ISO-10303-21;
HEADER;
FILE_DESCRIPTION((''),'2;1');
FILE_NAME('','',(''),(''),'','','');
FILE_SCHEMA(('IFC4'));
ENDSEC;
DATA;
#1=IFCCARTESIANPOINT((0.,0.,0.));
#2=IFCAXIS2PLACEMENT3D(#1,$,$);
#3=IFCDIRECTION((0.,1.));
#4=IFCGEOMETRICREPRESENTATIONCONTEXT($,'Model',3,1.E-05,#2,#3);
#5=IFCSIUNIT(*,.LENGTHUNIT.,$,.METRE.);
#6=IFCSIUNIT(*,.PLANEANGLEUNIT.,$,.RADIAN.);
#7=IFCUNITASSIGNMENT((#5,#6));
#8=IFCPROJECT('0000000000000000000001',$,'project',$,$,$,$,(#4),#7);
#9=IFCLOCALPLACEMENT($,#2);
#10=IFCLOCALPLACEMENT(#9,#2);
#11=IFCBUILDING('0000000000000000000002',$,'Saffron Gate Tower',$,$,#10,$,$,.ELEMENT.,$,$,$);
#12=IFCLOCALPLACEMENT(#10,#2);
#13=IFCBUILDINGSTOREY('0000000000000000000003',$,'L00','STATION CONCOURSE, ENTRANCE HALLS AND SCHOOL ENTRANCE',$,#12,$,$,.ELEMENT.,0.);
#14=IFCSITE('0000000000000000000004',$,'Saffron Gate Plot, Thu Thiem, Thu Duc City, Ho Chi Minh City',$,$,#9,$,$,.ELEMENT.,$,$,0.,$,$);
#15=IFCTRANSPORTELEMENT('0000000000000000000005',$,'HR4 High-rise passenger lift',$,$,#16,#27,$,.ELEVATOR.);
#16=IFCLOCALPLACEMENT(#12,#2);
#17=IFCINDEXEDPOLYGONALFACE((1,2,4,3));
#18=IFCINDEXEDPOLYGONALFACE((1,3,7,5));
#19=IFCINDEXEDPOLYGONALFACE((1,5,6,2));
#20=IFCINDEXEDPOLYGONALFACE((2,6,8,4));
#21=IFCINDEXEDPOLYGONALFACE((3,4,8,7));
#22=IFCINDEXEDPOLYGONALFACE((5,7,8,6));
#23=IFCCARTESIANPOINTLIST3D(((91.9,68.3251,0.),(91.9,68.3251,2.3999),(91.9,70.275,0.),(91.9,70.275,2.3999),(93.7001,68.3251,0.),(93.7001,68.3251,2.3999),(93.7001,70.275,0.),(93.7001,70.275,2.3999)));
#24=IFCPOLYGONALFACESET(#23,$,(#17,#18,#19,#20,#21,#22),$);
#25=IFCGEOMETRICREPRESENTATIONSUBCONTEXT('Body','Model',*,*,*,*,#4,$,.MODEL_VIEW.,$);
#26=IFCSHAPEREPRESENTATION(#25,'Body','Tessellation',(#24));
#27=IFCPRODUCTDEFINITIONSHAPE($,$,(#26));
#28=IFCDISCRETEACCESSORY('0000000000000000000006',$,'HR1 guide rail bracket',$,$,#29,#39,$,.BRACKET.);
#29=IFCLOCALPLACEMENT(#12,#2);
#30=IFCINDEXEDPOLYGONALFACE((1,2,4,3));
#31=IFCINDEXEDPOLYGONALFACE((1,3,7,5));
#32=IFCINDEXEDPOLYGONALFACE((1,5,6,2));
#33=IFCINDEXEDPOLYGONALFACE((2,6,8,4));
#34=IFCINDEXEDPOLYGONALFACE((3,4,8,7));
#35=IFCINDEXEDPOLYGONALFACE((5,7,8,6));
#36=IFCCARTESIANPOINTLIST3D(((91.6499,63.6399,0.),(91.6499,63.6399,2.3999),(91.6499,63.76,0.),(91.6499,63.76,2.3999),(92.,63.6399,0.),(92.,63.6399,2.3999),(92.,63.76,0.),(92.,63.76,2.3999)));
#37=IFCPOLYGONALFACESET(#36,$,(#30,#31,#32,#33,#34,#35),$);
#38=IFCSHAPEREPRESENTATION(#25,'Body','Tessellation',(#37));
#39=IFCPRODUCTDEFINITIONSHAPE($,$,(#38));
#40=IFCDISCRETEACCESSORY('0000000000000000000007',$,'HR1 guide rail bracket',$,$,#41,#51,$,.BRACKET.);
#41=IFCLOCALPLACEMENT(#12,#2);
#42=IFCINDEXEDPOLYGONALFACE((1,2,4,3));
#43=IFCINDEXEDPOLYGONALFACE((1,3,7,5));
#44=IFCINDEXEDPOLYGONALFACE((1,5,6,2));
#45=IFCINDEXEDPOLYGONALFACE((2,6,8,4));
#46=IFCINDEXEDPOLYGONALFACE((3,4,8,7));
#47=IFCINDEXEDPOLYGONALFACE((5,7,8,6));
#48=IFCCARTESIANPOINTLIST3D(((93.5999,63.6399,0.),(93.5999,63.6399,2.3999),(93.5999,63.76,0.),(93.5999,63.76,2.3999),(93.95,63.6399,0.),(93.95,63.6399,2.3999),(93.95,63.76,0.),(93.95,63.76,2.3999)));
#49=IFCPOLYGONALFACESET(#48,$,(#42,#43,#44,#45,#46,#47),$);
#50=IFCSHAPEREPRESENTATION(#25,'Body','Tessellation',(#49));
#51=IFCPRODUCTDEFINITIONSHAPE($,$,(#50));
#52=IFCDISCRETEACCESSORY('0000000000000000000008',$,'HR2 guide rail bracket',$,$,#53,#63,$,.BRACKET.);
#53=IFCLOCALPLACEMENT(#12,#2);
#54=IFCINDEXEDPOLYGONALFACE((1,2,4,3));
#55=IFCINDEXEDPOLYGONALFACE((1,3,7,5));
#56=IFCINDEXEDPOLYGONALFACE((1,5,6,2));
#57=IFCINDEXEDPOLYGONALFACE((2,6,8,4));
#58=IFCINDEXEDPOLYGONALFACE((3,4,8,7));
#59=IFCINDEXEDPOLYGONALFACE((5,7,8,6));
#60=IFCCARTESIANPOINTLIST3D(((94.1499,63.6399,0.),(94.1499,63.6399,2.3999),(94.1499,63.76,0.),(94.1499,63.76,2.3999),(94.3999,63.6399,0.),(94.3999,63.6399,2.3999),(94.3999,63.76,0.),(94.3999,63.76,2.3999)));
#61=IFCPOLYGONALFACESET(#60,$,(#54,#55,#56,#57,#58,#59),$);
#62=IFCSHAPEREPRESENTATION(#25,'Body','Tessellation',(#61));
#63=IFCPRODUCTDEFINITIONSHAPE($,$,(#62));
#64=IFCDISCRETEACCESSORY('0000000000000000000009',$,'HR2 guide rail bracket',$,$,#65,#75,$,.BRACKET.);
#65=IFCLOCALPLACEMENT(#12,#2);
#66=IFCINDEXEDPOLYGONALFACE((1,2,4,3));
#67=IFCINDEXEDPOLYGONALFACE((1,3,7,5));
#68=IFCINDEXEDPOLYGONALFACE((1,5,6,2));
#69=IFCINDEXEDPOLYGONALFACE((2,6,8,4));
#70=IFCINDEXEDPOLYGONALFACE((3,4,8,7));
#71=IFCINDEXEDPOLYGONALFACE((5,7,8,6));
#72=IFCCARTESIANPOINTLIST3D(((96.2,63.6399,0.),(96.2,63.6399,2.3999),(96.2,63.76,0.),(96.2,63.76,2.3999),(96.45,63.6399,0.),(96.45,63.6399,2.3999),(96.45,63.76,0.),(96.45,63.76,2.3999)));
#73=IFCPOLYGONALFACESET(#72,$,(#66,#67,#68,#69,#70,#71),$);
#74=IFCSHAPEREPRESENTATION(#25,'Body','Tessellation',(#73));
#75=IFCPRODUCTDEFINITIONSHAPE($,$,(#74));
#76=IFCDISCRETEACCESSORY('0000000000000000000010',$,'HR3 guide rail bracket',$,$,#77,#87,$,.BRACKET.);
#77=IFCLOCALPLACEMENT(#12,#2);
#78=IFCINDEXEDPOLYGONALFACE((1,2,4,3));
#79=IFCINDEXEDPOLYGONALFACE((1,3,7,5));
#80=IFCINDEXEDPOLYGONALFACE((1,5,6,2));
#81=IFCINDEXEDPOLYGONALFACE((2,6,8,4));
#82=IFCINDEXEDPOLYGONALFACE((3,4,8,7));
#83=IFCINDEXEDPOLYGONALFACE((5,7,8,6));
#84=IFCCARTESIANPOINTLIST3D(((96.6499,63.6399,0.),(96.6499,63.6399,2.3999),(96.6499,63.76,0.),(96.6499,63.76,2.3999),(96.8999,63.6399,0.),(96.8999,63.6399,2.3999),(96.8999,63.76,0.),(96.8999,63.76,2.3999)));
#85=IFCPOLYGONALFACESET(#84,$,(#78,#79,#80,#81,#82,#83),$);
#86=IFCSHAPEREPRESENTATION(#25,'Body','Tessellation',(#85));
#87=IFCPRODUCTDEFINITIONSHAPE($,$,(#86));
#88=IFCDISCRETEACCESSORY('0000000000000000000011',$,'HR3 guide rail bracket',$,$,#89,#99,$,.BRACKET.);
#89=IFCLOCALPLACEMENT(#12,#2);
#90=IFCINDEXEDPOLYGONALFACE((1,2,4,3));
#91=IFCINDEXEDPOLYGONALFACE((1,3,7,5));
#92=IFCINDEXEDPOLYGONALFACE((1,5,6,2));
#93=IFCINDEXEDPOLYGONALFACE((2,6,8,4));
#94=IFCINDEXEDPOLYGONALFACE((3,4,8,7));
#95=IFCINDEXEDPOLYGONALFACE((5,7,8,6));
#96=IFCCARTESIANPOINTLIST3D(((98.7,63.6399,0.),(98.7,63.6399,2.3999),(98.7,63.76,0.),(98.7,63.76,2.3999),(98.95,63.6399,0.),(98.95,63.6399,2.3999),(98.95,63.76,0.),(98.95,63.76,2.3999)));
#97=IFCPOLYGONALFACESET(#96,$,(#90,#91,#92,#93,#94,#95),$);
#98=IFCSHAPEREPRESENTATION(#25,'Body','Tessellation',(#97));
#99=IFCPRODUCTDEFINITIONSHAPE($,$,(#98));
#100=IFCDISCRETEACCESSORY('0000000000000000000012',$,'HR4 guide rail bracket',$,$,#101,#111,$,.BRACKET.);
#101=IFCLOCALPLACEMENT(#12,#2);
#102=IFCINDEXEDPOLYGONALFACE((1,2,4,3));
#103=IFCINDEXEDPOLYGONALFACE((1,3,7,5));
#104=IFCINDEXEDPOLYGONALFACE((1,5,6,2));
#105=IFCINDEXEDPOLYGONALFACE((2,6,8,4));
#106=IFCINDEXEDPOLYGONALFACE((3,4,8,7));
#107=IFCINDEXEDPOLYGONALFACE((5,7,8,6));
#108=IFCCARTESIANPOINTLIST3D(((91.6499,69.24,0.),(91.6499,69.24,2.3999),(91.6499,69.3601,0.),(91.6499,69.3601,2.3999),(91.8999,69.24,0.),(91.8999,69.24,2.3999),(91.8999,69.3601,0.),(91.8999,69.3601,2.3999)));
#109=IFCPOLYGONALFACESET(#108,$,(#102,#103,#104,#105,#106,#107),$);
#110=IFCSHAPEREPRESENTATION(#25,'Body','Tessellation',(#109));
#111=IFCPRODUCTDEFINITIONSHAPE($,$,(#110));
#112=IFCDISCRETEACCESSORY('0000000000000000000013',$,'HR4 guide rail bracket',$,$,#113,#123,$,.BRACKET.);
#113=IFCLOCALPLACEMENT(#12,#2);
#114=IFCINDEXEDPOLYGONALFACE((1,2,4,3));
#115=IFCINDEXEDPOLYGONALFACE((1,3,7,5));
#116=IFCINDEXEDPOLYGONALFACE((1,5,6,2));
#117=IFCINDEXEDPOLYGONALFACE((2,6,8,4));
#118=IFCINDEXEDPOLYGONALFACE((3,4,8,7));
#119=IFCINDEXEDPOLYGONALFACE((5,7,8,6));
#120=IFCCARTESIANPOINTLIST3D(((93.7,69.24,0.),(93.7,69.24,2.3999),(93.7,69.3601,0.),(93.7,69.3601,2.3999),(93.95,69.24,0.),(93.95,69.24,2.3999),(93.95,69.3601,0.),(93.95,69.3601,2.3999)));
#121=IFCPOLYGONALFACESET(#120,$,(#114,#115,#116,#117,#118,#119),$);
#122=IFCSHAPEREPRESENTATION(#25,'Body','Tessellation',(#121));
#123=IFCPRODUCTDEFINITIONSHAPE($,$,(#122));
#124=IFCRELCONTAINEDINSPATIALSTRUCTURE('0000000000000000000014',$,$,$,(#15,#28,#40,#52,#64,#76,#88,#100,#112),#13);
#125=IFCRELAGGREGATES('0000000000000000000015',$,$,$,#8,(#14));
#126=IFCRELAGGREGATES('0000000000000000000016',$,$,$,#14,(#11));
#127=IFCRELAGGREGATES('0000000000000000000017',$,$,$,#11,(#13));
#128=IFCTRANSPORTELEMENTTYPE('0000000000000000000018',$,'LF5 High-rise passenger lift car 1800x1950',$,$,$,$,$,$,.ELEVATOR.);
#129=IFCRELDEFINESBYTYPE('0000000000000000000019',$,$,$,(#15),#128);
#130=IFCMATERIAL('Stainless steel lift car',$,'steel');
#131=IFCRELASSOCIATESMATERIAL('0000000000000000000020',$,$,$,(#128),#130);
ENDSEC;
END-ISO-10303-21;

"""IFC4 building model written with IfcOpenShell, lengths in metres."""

from ifc_helpers import new_model, si_unit, direction, frame, origin, origin_2d, place, context, subcontext, project, spatial, rectangle, extrude, material, type_object, element, save


model = new_model("IFC4")

# Units and contexts
model_context = context("Model", 3, precision=1e-05, world=origin(), true_north=direction((0.0, 1.0)))
body_context = subcontext(model_context, "Body", "Model", "MODEL_VIEW")
ifc_project = project(units=[si_unit("LENGTHUNIT", "METRE"), si_unit("PLANEANGLEUNIT", "RADIAN")], contexts=[model_context])

# Site, building, storey
site_placement = place(None, origin())
site = spatial("IfcSite", under=ifc_project, at=site_placement, Name="Saffron Gate Plot, Thu Thiem, Thu Duc City, Ho Chi Minh City", CompositionType="ELEMENT", RefElevation=0.0)
building_placement = place(site_placement, origin())
building = spatial("IfcBuilding", under=site, at=building_placement, Name="Saffron Gate Tower", CompositionType="ELEMENT")
storey_placement = place(building_placement, origin())
storey = spatial("IfcBuildingStorey", under=building, at=storey_placement, Name="L00", Description="STATION CONCOURSE, ENTRANCE HALLS AND SCHOOL ENTRANCE", CompositionType="ELEMENT", Elevation=0.0)

# Transport element
ifc_material_1 = material(Name="Stainless steel lift car", Category="steel")
transport_element_type_1 = type_object("IfcTransportElementType", Name="LF5 High-rise passenger lift car 1800x1950", PredefinedType="ELEVATOR", material=ifc_material_1)
for number, where, z_axis, x_axis, name in (
    (1, (92.8, 69.3, 0.0), (0.0, 0.0, 1.0), (1.0, 0.0, 0.0), "HR4 High-rise passenger lift"),
):
    element("IfcTransportElement", number, at=place(storey_placement, frame(where, z_axis=z_axis, x_axis=x_axis)), inside=storey, type_object=transport_element_type_1, Name=name, PredefinedType="ELEVATOR", context=body_context, shape_type="SweptSolid", body=[
        extrude(rectangle(XDim=1.8, YDim=1.95, at=origin_2d()), origin(), (0.0, 0.0, 1.0), 2.3999),
    ])

# Discrete accessories
for number, where, z_axis, x_axis, name in (
    (2, (91.825, 63.7, 0.0), (0.0, 0.0, 1.0), (1.0, 0.0, 0.0), "HR1 guide rail bracket"),
    (3, (93.7749, 63.7, 0.0), (0.0, 0.0, 1.0), (1.0, 0.0, 0.0), "HR1 guide rail bracket"),
):
    element("IfcDiscreteAccessory", number, at=place(storey_placement, frame(where, z_axis=z_axis, x_axis=x_axis)), inside=storey, Name=name, PredefinedType="BRACKET", context=body_context, shape_type="SweptSolid", body=[
        extrude(rectangle(XDim=0.3501, YDim=0.1201, at=origin_2d()), origin(), (0.0, 0.0, 1.0), 2.3999),
    ])
for number, where, z_axis, x_axis, name in (
    (4, (94.2749, 63.7, 0.0), (0.0, 0.0, 1.0), (1.0, 0.0, 0.0), "HR2 guide rail bracket"),
    (5, (96.325, 63.7, 0.0), (0.0, 0.0, 1.0), (1.0, 0.0, 0.0), "HR2 guide rail bracket"),
    (6, (96.7749, 63.7, 0.0), (0.0, 0.0, 1.0), (1.0, 0.0, 0.0), "HR3 guide rail bracket"),
    (7, (98.825, 63.7, 0.0), (0.0, 0.0, 1.0), (1.0, 0.0, 0.0), "HR3 guide rail bracket"),
    (8, (91.7749, 69.3, 0.0), (0.0, 0.0, 1.0), (1.0, 0.0, 0.0), "HR4 guide rail bracket"),
    (9, (93.825, 69.3, 0.0), (0.0, 0.0, 1.0), (1.0, 0.0, 0.0), "HR4 guide rail bracket"),
):
    element("IfcDiscreteAccessory", number, at=place(storey_placement, frame(where, z_axis=z_axis, x_axis=x_axis)), inside=storey, Name=name, PredefinedType="BRACKET", context=body_context, shape_type="SweptSolid", body=[
        extrude(rectangle(XDim=0.25, YDim=0.1201, at=origin_2d()), origin(), (0.0, 0.0, 1.0), 2.3999),
    ])

save(model, "model.ifc")
